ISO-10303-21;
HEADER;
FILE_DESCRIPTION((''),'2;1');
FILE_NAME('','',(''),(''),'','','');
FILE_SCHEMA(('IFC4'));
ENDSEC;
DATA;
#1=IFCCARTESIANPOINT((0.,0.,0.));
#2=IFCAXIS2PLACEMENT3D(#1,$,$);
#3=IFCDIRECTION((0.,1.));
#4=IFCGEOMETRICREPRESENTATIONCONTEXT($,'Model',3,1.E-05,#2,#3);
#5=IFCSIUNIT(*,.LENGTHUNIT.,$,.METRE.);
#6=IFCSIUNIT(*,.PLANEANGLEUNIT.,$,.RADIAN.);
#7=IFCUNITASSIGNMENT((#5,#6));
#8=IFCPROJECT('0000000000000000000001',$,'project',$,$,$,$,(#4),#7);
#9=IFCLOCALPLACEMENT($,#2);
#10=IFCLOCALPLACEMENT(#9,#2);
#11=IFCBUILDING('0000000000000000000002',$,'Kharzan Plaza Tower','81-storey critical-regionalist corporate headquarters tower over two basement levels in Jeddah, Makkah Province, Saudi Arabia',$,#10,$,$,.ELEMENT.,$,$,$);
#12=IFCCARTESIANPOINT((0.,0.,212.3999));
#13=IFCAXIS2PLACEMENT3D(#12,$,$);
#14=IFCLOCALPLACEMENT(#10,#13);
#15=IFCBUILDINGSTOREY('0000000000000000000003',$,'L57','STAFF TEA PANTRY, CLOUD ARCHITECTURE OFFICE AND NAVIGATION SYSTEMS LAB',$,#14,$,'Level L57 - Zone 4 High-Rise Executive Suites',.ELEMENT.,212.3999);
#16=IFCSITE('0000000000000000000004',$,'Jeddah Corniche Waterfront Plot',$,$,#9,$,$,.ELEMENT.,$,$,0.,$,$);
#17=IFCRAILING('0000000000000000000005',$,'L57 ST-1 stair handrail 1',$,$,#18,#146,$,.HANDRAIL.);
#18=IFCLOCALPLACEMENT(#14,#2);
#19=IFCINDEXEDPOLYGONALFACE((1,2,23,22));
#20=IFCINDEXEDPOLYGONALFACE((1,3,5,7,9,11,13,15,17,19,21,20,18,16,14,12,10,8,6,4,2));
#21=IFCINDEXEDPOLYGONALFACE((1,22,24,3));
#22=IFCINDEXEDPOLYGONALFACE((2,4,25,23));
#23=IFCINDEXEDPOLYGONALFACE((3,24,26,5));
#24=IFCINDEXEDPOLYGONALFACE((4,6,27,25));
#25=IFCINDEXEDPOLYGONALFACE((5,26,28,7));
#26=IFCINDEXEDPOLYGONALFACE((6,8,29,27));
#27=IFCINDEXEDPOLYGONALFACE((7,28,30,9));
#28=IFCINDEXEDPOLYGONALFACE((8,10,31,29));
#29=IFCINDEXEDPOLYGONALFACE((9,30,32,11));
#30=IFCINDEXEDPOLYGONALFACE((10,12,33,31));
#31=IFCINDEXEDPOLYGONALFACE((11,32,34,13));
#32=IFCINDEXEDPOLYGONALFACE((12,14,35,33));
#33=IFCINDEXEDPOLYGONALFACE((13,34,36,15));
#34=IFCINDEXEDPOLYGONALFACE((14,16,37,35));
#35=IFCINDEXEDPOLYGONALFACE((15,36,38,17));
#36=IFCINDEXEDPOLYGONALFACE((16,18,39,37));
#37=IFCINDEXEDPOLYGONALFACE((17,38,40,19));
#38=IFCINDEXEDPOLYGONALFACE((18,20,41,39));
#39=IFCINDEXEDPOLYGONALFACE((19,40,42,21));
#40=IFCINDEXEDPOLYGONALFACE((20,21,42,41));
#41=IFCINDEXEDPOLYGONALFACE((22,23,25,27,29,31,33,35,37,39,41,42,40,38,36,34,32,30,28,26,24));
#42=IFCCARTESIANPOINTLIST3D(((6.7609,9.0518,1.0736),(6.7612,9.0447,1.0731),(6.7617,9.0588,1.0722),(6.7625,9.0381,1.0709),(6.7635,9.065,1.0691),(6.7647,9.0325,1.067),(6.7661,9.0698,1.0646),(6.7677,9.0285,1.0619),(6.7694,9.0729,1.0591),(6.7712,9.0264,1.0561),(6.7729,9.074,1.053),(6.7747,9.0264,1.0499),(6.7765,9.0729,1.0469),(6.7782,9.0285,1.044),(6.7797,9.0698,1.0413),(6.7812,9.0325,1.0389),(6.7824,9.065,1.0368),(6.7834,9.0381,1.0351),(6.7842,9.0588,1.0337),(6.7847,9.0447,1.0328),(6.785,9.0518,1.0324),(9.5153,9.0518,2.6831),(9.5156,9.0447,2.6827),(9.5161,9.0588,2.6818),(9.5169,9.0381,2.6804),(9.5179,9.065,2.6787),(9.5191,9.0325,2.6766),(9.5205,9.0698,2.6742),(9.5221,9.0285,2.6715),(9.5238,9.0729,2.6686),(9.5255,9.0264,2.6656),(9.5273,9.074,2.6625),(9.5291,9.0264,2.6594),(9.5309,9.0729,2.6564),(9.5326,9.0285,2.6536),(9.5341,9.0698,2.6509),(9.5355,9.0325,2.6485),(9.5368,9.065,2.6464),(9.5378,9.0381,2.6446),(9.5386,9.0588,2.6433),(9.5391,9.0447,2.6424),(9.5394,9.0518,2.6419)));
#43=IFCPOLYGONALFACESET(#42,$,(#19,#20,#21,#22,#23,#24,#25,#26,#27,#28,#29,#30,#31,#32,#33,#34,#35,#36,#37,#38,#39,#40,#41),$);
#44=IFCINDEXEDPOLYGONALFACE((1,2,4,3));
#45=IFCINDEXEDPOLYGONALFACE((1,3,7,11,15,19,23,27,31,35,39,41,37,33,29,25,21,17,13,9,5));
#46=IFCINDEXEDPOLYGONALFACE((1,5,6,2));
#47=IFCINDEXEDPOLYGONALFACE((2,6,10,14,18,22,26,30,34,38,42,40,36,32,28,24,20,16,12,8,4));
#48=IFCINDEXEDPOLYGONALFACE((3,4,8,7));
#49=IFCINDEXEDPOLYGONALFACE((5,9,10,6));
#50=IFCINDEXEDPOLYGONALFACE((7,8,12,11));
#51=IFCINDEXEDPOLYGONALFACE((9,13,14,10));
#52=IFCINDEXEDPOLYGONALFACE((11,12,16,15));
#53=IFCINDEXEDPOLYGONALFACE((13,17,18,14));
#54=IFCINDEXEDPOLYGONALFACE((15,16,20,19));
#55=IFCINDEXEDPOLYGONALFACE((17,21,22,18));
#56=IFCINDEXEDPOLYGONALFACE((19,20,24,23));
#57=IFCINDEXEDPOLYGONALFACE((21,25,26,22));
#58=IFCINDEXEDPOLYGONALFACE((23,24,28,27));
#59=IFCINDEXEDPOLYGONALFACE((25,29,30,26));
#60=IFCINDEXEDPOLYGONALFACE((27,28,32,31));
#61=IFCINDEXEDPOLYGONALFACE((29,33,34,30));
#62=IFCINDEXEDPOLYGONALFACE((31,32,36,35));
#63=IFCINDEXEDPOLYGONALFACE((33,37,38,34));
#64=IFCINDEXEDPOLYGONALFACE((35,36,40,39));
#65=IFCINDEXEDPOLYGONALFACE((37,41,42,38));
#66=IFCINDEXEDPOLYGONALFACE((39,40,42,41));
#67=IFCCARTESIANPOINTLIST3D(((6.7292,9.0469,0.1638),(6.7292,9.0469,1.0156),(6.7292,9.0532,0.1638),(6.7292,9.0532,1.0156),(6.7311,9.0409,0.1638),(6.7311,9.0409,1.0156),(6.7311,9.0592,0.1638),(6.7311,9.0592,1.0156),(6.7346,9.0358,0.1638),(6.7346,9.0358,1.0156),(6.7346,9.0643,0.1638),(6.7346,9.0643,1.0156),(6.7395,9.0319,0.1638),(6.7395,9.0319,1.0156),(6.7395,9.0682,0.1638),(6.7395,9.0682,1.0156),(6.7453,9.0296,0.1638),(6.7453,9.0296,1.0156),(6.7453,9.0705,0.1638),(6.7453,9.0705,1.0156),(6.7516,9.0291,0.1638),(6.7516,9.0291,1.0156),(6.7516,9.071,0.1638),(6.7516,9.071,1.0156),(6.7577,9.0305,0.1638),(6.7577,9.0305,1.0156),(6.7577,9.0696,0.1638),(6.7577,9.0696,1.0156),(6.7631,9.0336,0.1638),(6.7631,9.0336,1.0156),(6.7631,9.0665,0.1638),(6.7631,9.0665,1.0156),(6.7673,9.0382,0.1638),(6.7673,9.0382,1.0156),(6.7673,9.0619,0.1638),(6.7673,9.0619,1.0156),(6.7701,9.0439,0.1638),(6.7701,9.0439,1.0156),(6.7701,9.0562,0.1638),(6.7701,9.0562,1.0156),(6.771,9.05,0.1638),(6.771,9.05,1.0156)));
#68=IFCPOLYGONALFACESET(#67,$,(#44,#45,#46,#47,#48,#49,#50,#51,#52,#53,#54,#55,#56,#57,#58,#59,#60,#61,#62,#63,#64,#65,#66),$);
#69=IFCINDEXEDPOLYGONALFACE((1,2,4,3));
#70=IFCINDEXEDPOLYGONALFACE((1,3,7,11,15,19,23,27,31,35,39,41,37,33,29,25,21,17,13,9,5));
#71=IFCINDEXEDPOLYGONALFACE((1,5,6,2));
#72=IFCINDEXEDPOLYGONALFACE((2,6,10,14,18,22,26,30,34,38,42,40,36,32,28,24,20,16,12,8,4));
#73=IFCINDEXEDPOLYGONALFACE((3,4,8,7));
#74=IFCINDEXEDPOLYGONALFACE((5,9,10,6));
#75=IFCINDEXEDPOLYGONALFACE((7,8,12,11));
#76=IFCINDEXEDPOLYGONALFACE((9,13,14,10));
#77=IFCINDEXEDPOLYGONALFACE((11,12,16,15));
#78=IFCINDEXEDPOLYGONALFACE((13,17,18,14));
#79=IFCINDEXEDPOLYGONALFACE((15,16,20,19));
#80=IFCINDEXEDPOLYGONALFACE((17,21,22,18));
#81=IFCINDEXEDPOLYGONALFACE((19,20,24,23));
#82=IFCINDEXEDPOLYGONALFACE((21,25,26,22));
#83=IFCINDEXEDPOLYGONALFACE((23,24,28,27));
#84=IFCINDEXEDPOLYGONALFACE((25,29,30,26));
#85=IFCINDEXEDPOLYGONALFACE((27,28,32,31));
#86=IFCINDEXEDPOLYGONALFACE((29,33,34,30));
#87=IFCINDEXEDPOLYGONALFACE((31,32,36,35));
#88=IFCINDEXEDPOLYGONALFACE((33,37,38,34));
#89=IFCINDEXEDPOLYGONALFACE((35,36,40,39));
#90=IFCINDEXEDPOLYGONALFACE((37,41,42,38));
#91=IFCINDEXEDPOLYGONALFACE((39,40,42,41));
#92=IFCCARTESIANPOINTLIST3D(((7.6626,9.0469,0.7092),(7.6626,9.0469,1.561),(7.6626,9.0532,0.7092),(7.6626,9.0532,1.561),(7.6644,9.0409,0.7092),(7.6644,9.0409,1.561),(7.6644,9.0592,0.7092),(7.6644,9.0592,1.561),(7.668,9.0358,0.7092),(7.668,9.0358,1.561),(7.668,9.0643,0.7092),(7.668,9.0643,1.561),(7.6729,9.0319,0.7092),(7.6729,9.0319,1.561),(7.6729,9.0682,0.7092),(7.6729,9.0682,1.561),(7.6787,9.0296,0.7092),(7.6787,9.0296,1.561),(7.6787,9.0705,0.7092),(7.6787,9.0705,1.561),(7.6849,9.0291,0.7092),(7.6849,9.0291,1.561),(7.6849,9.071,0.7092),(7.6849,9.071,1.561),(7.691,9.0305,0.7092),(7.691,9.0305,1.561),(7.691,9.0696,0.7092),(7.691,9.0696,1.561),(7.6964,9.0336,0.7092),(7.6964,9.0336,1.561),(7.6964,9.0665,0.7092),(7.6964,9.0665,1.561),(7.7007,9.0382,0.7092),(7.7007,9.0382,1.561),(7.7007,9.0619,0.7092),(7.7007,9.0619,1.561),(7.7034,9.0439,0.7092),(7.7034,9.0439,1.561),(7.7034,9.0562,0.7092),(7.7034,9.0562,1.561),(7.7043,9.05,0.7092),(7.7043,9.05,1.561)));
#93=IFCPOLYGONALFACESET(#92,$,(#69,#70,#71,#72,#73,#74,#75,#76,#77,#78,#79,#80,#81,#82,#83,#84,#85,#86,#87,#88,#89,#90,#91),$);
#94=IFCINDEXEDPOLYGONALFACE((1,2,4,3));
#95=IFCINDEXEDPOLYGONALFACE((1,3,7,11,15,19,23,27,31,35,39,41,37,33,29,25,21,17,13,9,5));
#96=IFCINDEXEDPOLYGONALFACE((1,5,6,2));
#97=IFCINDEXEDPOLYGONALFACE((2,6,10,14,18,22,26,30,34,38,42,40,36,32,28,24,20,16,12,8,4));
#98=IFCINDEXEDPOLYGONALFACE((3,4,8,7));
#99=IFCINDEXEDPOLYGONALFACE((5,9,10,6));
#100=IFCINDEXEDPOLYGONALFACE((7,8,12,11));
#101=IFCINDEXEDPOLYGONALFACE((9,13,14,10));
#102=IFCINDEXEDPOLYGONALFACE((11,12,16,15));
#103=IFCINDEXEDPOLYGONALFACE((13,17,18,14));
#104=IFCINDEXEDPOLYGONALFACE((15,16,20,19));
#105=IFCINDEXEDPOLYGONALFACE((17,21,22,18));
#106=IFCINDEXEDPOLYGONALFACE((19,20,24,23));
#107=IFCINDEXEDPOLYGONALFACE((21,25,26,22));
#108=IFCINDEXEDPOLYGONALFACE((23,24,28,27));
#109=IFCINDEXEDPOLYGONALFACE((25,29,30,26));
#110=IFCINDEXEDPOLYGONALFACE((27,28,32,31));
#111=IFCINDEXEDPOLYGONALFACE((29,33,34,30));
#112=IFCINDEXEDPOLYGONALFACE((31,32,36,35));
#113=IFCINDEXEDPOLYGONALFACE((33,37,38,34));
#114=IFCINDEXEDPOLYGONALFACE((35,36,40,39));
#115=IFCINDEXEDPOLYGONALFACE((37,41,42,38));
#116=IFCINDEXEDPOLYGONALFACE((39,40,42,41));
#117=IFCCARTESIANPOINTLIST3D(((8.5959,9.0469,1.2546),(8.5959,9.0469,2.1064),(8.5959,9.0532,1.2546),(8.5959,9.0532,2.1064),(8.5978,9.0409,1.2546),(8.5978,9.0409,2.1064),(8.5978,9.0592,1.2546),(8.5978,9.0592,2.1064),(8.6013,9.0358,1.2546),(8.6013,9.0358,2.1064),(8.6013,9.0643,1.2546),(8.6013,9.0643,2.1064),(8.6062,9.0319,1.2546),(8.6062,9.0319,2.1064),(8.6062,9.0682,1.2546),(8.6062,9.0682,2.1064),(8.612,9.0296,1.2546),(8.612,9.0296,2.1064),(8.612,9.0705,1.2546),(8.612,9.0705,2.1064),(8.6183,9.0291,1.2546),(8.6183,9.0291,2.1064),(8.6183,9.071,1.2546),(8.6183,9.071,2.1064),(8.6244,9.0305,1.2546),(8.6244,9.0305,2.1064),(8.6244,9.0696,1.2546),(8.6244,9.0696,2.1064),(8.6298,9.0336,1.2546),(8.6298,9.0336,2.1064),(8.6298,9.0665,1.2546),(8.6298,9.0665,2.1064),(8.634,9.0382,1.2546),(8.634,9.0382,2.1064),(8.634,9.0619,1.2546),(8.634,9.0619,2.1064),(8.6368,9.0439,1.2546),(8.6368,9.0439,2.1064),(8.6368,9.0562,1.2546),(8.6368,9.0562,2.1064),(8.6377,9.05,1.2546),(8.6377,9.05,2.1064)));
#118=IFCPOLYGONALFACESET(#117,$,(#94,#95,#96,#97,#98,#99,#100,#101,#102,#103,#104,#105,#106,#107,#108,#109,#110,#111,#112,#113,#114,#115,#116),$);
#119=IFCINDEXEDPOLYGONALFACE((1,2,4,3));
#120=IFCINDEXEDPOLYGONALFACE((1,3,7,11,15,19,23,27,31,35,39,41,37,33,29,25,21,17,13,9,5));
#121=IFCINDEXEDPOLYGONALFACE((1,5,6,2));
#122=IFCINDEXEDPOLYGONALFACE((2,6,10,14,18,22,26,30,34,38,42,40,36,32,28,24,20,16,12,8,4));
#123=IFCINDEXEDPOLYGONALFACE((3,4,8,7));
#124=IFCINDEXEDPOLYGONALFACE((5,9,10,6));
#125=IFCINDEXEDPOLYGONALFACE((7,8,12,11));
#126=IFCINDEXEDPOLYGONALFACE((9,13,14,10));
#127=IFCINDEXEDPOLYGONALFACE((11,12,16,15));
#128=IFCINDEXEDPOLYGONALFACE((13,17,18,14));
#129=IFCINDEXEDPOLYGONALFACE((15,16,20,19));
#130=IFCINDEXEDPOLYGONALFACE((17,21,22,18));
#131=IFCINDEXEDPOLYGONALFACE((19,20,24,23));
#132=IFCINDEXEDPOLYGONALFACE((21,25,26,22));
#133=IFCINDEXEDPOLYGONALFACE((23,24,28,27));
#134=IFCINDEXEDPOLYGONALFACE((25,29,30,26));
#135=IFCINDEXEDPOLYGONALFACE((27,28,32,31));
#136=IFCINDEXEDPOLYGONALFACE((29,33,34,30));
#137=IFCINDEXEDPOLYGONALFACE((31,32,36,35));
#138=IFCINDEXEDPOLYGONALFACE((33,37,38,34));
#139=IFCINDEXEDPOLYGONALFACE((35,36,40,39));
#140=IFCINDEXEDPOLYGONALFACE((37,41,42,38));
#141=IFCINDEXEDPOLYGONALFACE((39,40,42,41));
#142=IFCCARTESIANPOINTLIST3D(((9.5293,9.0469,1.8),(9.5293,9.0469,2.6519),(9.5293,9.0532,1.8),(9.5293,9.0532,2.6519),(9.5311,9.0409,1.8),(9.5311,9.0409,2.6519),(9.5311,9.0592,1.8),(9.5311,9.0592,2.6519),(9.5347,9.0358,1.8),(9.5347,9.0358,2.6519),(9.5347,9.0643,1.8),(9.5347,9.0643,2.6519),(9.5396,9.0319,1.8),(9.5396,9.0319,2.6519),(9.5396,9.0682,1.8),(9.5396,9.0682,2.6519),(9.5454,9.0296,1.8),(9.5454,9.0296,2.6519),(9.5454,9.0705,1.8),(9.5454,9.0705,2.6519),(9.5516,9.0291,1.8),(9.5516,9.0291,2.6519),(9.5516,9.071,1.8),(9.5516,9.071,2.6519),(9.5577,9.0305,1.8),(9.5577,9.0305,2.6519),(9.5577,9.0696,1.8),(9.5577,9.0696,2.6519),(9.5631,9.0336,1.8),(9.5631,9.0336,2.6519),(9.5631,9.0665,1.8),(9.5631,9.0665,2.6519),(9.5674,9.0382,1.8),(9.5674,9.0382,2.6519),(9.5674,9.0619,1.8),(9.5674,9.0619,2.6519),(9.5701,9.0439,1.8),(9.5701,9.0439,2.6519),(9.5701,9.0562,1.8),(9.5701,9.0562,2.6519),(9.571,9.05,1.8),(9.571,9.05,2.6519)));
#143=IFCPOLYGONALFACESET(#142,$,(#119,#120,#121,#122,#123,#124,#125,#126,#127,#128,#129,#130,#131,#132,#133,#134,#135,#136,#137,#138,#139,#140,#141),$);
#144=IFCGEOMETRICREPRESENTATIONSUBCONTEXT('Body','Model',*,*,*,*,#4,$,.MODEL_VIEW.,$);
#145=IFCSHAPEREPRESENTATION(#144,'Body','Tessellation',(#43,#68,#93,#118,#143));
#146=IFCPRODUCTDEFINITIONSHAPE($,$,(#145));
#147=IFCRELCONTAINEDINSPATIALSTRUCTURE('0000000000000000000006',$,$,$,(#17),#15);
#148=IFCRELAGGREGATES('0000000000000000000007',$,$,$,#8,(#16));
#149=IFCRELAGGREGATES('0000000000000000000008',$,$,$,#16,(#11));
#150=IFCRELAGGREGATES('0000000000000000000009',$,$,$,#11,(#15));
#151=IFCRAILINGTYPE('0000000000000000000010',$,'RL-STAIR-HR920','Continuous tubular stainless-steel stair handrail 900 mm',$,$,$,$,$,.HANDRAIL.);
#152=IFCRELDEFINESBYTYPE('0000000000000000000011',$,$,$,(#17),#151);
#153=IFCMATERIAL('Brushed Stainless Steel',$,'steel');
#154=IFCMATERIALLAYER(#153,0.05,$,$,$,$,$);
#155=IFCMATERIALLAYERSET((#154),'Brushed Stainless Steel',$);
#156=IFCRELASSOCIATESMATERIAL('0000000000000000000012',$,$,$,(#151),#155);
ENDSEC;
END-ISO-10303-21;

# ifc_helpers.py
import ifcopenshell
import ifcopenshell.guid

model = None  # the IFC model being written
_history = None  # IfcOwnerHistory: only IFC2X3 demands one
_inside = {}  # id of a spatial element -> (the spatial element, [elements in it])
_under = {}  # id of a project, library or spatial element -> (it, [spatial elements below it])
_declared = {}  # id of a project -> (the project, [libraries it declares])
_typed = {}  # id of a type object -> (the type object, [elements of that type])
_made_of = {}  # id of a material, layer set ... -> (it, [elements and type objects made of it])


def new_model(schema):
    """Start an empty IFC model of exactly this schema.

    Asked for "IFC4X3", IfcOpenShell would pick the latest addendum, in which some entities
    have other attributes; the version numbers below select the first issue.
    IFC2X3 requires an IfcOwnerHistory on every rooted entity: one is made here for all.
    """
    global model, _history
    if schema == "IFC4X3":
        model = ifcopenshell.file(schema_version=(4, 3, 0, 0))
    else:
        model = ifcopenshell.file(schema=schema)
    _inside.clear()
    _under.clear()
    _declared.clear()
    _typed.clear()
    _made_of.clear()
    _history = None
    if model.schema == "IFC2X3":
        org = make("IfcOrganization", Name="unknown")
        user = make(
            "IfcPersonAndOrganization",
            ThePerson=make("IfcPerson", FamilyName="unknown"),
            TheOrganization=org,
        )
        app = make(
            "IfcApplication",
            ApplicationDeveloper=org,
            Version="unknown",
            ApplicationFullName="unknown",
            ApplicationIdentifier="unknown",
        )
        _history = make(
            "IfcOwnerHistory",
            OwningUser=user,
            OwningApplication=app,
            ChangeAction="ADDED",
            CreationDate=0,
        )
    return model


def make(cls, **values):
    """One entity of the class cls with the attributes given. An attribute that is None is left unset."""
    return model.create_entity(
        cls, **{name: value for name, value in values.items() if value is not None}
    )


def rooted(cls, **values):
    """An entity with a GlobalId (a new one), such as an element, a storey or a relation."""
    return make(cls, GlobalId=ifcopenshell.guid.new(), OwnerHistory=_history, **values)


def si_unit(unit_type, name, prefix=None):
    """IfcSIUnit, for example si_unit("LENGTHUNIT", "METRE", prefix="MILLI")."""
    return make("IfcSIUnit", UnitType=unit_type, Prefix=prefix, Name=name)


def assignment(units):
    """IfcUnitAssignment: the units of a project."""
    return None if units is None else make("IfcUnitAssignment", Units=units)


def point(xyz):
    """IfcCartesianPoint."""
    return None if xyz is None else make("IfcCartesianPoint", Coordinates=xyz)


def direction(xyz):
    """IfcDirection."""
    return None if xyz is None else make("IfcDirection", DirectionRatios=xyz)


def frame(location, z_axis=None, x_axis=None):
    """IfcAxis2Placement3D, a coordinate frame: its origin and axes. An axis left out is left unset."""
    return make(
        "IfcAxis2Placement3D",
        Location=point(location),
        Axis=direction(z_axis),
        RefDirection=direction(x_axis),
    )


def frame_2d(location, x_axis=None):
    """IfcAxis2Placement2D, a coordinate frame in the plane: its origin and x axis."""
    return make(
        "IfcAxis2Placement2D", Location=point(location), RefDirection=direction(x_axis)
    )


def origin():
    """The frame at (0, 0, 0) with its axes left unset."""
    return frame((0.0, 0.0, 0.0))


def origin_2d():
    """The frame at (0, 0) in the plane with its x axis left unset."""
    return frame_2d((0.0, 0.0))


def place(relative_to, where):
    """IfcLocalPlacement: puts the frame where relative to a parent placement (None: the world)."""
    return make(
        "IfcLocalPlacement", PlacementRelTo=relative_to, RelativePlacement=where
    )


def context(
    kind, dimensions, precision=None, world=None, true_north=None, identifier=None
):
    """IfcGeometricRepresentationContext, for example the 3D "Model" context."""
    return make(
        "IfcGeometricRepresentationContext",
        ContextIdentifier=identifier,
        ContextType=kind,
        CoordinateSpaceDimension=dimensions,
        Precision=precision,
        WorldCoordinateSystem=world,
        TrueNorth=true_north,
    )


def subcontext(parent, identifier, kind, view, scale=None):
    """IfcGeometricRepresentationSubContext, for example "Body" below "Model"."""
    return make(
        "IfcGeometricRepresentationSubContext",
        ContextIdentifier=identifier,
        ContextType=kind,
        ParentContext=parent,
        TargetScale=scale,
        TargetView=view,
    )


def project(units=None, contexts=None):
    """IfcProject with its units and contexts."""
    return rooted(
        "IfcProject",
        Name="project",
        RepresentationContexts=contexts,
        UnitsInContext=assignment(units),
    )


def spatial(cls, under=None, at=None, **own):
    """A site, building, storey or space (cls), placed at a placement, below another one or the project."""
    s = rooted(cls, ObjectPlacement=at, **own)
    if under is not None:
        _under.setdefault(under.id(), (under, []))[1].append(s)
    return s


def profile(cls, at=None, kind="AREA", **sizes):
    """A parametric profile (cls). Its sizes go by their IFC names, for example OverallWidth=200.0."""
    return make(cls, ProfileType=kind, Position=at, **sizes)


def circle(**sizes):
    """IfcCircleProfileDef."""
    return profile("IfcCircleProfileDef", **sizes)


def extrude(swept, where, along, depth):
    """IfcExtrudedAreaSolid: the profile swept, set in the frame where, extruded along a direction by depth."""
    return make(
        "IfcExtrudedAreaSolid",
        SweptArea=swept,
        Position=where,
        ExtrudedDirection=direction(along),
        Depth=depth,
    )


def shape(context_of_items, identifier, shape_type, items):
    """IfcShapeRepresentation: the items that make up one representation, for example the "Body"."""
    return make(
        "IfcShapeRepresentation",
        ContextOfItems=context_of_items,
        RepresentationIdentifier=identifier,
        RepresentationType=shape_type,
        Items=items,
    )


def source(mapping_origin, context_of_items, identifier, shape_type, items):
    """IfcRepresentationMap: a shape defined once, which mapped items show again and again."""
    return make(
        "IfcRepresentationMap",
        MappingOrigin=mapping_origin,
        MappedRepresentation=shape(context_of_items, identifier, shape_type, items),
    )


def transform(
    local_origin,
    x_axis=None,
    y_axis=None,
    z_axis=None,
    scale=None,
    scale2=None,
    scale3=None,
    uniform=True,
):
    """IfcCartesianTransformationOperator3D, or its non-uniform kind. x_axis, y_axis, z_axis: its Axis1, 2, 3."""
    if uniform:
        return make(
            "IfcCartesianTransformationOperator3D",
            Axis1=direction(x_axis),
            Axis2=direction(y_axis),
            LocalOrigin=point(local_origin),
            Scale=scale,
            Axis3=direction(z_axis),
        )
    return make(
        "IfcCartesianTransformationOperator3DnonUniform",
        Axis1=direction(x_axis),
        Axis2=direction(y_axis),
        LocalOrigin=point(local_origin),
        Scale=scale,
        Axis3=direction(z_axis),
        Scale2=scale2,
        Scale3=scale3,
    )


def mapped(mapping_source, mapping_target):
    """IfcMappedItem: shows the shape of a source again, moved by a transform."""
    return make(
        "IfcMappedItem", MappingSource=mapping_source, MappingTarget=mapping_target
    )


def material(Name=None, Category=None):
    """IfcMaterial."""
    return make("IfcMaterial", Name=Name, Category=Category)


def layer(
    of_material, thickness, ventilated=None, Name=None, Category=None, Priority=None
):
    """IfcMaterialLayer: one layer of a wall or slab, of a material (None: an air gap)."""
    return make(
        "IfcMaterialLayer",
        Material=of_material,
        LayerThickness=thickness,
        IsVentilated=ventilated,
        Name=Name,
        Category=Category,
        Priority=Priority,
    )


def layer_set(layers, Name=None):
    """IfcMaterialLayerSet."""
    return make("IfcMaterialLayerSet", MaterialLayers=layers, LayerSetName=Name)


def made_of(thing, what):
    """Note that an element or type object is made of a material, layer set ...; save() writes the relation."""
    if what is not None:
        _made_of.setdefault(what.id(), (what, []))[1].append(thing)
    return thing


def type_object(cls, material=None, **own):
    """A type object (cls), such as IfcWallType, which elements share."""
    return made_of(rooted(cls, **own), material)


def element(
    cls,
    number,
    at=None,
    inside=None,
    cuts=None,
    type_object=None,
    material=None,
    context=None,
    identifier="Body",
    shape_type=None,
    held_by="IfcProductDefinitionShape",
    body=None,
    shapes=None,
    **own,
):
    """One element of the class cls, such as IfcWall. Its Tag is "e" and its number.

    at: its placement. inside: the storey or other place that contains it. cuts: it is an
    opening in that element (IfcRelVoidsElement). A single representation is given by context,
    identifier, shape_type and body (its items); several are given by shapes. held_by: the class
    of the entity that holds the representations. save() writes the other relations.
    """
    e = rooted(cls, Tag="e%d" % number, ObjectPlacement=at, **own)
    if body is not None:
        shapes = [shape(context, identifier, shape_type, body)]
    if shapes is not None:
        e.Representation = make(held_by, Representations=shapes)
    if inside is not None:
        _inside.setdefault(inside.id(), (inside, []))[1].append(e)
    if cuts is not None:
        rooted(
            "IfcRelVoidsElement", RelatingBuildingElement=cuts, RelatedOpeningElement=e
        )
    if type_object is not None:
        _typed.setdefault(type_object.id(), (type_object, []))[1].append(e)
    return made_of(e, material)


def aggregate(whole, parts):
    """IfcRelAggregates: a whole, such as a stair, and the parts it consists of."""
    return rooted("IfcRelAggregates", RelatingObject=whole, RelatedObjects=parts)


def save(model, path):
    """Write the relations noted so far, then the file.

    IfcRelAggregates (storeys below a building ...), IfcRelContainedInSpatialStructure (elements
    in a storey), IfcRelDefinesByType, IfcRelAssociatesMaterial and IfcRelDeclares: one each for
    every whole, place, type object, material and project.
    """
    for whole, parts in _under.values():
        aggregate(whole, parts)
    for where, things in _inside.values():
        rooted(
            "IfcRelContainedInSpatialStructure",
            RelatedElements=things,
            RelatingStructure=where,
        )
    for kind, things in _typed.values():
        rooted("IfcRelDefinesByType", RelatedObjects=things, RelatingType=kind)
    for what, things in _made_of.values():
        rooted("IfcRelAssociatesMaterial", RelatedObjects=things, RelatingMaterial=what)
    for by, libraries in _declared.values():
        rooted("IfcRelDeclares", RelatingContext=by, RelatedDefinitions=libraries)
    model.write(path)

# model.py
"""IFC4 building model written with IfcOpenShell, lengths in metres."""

from ifc_helpers import new_model, si_unit, direction, frame, origin, origin_2d, place, context, subcontext, project, spatial, circle, extrude, source, transform, mapped, material, layer, layer_set, type_object, element, save


model = new_model("IFC4")

# Units and contexts
model_context = context("Model", 3, precision=1e-05, world=origin(), true_north=direction((0.0, 1.0)))
body_context = subcontext(model_context, "Body", "Model", "MODEL_VIEW")
ifc_project = project(units=[si_unit("LENGTHUNIT", "METRE"), si_unit("PLANEANGLEUNIT", "RADIAN")], contexts=[model_context])

# Site, building, storey
site_placement = place(None, origin())
site = spatial("IfcSite", under=ifc_project, at=site_placement, Name="Jeddah Corniche Waterfront Plot", CompositionType="ELEMENT", RefElevation=0.0)
building_placement = place(site_placement, origin())
building = spatial("IfcBuilding", under=site, at=building_placement, Name="Kharzan Plaza Tower", Description="81-storey critical-regionalist corporate headquarters tower over two basement levels in Jeddah, Makkah Province, Saudi Arabia", CompositionType="ELEMENT")
storey_placement = place(building_placement, frame((0.0, 0.0, 212.3999)))
storey = spatial("IfcBuildingStorey", under=building, at=storey_placement, Name="L57", Description="STAFF TEA PANTRY, CLOUD ARCHITECTURE OFFICE AND NAVIGATION SYSTEMS LAB", LongName="Level L57 - Zone 4 High-Rise Executive Suites", CompositionType="ELEMENT", Elevation=212.3999)

# Railing
ifc_material_1 = material(Name="Brushed Stainless Steel", Category="steel")
ifc_layer_1 = layer(ifc_material_1, 0.05)
ifc_layer_set_1 = layer_set([ifc_layer_1], Name="Brushed Stainless Steel")
railing_type_1 = type_object("IfcRailingType", Name="RL-STAIR-HR920", Description="Continuous tubular stainless-steel stair handrail 900 mm", PredefinedType="HANDRAIL", material=ifc_layer_set_1)
shared_shape_1 = source(origin(), body_context, "Body", "SweptSolid", [
    extrude(circle(Radius=0.0239, at=origin_2d()), frame((0.0229, 0.0, 0.8892), z_axis=(0.863394, 0.0, 0.504531), x_axis=(0.0, 1.0, 0.0)), (0.0, 0.0, 1.0), 3.1902),
    extrude(circle(Radius=0.021, at=origin_2d()), origin(), (0.0, 0.0, 1.0), 0.8518),
    extrude(circle(Radius=0.021, at=origin_2d()), frame((0.9333, 0.0, 0.5454)), (0.0, 0.0, 1.0), 0.8518),
    extrude(circle(Radius=0.021, at=origin_2d()), frame((1.8667, 0.0, 1.0908)), (0.0, 0.0, 1.0), 0.8518),
    extrude(circle(Radius=0.021, at=origin_2d()), frame((2.8, 0.0, 1.6362)), (0.0, 0.0, 1.0), 0.8518),
])
railing_1_placement = place(storey_placement, frame((6.75, 9.05, 0.1638)))
element("IfcRailing", 1, at=railing_1_placement, inside=storey, type_object=railing_type_1, Name="L57 ST-1 stair handrail 1", PredefinedType="HANDRAIL", context=body_context, shape_type="MappedRepresentation", body=[
    mapped(shared_shape_1, transform((0.0, 0.0, 0.0), x_axis=(1.0, 0.0, 0.0), y_axis=(0.0, 1.0, 0.0), z_axis=(0.0, 0.0, 1.0))),
])

save(model, "model.ifc")
